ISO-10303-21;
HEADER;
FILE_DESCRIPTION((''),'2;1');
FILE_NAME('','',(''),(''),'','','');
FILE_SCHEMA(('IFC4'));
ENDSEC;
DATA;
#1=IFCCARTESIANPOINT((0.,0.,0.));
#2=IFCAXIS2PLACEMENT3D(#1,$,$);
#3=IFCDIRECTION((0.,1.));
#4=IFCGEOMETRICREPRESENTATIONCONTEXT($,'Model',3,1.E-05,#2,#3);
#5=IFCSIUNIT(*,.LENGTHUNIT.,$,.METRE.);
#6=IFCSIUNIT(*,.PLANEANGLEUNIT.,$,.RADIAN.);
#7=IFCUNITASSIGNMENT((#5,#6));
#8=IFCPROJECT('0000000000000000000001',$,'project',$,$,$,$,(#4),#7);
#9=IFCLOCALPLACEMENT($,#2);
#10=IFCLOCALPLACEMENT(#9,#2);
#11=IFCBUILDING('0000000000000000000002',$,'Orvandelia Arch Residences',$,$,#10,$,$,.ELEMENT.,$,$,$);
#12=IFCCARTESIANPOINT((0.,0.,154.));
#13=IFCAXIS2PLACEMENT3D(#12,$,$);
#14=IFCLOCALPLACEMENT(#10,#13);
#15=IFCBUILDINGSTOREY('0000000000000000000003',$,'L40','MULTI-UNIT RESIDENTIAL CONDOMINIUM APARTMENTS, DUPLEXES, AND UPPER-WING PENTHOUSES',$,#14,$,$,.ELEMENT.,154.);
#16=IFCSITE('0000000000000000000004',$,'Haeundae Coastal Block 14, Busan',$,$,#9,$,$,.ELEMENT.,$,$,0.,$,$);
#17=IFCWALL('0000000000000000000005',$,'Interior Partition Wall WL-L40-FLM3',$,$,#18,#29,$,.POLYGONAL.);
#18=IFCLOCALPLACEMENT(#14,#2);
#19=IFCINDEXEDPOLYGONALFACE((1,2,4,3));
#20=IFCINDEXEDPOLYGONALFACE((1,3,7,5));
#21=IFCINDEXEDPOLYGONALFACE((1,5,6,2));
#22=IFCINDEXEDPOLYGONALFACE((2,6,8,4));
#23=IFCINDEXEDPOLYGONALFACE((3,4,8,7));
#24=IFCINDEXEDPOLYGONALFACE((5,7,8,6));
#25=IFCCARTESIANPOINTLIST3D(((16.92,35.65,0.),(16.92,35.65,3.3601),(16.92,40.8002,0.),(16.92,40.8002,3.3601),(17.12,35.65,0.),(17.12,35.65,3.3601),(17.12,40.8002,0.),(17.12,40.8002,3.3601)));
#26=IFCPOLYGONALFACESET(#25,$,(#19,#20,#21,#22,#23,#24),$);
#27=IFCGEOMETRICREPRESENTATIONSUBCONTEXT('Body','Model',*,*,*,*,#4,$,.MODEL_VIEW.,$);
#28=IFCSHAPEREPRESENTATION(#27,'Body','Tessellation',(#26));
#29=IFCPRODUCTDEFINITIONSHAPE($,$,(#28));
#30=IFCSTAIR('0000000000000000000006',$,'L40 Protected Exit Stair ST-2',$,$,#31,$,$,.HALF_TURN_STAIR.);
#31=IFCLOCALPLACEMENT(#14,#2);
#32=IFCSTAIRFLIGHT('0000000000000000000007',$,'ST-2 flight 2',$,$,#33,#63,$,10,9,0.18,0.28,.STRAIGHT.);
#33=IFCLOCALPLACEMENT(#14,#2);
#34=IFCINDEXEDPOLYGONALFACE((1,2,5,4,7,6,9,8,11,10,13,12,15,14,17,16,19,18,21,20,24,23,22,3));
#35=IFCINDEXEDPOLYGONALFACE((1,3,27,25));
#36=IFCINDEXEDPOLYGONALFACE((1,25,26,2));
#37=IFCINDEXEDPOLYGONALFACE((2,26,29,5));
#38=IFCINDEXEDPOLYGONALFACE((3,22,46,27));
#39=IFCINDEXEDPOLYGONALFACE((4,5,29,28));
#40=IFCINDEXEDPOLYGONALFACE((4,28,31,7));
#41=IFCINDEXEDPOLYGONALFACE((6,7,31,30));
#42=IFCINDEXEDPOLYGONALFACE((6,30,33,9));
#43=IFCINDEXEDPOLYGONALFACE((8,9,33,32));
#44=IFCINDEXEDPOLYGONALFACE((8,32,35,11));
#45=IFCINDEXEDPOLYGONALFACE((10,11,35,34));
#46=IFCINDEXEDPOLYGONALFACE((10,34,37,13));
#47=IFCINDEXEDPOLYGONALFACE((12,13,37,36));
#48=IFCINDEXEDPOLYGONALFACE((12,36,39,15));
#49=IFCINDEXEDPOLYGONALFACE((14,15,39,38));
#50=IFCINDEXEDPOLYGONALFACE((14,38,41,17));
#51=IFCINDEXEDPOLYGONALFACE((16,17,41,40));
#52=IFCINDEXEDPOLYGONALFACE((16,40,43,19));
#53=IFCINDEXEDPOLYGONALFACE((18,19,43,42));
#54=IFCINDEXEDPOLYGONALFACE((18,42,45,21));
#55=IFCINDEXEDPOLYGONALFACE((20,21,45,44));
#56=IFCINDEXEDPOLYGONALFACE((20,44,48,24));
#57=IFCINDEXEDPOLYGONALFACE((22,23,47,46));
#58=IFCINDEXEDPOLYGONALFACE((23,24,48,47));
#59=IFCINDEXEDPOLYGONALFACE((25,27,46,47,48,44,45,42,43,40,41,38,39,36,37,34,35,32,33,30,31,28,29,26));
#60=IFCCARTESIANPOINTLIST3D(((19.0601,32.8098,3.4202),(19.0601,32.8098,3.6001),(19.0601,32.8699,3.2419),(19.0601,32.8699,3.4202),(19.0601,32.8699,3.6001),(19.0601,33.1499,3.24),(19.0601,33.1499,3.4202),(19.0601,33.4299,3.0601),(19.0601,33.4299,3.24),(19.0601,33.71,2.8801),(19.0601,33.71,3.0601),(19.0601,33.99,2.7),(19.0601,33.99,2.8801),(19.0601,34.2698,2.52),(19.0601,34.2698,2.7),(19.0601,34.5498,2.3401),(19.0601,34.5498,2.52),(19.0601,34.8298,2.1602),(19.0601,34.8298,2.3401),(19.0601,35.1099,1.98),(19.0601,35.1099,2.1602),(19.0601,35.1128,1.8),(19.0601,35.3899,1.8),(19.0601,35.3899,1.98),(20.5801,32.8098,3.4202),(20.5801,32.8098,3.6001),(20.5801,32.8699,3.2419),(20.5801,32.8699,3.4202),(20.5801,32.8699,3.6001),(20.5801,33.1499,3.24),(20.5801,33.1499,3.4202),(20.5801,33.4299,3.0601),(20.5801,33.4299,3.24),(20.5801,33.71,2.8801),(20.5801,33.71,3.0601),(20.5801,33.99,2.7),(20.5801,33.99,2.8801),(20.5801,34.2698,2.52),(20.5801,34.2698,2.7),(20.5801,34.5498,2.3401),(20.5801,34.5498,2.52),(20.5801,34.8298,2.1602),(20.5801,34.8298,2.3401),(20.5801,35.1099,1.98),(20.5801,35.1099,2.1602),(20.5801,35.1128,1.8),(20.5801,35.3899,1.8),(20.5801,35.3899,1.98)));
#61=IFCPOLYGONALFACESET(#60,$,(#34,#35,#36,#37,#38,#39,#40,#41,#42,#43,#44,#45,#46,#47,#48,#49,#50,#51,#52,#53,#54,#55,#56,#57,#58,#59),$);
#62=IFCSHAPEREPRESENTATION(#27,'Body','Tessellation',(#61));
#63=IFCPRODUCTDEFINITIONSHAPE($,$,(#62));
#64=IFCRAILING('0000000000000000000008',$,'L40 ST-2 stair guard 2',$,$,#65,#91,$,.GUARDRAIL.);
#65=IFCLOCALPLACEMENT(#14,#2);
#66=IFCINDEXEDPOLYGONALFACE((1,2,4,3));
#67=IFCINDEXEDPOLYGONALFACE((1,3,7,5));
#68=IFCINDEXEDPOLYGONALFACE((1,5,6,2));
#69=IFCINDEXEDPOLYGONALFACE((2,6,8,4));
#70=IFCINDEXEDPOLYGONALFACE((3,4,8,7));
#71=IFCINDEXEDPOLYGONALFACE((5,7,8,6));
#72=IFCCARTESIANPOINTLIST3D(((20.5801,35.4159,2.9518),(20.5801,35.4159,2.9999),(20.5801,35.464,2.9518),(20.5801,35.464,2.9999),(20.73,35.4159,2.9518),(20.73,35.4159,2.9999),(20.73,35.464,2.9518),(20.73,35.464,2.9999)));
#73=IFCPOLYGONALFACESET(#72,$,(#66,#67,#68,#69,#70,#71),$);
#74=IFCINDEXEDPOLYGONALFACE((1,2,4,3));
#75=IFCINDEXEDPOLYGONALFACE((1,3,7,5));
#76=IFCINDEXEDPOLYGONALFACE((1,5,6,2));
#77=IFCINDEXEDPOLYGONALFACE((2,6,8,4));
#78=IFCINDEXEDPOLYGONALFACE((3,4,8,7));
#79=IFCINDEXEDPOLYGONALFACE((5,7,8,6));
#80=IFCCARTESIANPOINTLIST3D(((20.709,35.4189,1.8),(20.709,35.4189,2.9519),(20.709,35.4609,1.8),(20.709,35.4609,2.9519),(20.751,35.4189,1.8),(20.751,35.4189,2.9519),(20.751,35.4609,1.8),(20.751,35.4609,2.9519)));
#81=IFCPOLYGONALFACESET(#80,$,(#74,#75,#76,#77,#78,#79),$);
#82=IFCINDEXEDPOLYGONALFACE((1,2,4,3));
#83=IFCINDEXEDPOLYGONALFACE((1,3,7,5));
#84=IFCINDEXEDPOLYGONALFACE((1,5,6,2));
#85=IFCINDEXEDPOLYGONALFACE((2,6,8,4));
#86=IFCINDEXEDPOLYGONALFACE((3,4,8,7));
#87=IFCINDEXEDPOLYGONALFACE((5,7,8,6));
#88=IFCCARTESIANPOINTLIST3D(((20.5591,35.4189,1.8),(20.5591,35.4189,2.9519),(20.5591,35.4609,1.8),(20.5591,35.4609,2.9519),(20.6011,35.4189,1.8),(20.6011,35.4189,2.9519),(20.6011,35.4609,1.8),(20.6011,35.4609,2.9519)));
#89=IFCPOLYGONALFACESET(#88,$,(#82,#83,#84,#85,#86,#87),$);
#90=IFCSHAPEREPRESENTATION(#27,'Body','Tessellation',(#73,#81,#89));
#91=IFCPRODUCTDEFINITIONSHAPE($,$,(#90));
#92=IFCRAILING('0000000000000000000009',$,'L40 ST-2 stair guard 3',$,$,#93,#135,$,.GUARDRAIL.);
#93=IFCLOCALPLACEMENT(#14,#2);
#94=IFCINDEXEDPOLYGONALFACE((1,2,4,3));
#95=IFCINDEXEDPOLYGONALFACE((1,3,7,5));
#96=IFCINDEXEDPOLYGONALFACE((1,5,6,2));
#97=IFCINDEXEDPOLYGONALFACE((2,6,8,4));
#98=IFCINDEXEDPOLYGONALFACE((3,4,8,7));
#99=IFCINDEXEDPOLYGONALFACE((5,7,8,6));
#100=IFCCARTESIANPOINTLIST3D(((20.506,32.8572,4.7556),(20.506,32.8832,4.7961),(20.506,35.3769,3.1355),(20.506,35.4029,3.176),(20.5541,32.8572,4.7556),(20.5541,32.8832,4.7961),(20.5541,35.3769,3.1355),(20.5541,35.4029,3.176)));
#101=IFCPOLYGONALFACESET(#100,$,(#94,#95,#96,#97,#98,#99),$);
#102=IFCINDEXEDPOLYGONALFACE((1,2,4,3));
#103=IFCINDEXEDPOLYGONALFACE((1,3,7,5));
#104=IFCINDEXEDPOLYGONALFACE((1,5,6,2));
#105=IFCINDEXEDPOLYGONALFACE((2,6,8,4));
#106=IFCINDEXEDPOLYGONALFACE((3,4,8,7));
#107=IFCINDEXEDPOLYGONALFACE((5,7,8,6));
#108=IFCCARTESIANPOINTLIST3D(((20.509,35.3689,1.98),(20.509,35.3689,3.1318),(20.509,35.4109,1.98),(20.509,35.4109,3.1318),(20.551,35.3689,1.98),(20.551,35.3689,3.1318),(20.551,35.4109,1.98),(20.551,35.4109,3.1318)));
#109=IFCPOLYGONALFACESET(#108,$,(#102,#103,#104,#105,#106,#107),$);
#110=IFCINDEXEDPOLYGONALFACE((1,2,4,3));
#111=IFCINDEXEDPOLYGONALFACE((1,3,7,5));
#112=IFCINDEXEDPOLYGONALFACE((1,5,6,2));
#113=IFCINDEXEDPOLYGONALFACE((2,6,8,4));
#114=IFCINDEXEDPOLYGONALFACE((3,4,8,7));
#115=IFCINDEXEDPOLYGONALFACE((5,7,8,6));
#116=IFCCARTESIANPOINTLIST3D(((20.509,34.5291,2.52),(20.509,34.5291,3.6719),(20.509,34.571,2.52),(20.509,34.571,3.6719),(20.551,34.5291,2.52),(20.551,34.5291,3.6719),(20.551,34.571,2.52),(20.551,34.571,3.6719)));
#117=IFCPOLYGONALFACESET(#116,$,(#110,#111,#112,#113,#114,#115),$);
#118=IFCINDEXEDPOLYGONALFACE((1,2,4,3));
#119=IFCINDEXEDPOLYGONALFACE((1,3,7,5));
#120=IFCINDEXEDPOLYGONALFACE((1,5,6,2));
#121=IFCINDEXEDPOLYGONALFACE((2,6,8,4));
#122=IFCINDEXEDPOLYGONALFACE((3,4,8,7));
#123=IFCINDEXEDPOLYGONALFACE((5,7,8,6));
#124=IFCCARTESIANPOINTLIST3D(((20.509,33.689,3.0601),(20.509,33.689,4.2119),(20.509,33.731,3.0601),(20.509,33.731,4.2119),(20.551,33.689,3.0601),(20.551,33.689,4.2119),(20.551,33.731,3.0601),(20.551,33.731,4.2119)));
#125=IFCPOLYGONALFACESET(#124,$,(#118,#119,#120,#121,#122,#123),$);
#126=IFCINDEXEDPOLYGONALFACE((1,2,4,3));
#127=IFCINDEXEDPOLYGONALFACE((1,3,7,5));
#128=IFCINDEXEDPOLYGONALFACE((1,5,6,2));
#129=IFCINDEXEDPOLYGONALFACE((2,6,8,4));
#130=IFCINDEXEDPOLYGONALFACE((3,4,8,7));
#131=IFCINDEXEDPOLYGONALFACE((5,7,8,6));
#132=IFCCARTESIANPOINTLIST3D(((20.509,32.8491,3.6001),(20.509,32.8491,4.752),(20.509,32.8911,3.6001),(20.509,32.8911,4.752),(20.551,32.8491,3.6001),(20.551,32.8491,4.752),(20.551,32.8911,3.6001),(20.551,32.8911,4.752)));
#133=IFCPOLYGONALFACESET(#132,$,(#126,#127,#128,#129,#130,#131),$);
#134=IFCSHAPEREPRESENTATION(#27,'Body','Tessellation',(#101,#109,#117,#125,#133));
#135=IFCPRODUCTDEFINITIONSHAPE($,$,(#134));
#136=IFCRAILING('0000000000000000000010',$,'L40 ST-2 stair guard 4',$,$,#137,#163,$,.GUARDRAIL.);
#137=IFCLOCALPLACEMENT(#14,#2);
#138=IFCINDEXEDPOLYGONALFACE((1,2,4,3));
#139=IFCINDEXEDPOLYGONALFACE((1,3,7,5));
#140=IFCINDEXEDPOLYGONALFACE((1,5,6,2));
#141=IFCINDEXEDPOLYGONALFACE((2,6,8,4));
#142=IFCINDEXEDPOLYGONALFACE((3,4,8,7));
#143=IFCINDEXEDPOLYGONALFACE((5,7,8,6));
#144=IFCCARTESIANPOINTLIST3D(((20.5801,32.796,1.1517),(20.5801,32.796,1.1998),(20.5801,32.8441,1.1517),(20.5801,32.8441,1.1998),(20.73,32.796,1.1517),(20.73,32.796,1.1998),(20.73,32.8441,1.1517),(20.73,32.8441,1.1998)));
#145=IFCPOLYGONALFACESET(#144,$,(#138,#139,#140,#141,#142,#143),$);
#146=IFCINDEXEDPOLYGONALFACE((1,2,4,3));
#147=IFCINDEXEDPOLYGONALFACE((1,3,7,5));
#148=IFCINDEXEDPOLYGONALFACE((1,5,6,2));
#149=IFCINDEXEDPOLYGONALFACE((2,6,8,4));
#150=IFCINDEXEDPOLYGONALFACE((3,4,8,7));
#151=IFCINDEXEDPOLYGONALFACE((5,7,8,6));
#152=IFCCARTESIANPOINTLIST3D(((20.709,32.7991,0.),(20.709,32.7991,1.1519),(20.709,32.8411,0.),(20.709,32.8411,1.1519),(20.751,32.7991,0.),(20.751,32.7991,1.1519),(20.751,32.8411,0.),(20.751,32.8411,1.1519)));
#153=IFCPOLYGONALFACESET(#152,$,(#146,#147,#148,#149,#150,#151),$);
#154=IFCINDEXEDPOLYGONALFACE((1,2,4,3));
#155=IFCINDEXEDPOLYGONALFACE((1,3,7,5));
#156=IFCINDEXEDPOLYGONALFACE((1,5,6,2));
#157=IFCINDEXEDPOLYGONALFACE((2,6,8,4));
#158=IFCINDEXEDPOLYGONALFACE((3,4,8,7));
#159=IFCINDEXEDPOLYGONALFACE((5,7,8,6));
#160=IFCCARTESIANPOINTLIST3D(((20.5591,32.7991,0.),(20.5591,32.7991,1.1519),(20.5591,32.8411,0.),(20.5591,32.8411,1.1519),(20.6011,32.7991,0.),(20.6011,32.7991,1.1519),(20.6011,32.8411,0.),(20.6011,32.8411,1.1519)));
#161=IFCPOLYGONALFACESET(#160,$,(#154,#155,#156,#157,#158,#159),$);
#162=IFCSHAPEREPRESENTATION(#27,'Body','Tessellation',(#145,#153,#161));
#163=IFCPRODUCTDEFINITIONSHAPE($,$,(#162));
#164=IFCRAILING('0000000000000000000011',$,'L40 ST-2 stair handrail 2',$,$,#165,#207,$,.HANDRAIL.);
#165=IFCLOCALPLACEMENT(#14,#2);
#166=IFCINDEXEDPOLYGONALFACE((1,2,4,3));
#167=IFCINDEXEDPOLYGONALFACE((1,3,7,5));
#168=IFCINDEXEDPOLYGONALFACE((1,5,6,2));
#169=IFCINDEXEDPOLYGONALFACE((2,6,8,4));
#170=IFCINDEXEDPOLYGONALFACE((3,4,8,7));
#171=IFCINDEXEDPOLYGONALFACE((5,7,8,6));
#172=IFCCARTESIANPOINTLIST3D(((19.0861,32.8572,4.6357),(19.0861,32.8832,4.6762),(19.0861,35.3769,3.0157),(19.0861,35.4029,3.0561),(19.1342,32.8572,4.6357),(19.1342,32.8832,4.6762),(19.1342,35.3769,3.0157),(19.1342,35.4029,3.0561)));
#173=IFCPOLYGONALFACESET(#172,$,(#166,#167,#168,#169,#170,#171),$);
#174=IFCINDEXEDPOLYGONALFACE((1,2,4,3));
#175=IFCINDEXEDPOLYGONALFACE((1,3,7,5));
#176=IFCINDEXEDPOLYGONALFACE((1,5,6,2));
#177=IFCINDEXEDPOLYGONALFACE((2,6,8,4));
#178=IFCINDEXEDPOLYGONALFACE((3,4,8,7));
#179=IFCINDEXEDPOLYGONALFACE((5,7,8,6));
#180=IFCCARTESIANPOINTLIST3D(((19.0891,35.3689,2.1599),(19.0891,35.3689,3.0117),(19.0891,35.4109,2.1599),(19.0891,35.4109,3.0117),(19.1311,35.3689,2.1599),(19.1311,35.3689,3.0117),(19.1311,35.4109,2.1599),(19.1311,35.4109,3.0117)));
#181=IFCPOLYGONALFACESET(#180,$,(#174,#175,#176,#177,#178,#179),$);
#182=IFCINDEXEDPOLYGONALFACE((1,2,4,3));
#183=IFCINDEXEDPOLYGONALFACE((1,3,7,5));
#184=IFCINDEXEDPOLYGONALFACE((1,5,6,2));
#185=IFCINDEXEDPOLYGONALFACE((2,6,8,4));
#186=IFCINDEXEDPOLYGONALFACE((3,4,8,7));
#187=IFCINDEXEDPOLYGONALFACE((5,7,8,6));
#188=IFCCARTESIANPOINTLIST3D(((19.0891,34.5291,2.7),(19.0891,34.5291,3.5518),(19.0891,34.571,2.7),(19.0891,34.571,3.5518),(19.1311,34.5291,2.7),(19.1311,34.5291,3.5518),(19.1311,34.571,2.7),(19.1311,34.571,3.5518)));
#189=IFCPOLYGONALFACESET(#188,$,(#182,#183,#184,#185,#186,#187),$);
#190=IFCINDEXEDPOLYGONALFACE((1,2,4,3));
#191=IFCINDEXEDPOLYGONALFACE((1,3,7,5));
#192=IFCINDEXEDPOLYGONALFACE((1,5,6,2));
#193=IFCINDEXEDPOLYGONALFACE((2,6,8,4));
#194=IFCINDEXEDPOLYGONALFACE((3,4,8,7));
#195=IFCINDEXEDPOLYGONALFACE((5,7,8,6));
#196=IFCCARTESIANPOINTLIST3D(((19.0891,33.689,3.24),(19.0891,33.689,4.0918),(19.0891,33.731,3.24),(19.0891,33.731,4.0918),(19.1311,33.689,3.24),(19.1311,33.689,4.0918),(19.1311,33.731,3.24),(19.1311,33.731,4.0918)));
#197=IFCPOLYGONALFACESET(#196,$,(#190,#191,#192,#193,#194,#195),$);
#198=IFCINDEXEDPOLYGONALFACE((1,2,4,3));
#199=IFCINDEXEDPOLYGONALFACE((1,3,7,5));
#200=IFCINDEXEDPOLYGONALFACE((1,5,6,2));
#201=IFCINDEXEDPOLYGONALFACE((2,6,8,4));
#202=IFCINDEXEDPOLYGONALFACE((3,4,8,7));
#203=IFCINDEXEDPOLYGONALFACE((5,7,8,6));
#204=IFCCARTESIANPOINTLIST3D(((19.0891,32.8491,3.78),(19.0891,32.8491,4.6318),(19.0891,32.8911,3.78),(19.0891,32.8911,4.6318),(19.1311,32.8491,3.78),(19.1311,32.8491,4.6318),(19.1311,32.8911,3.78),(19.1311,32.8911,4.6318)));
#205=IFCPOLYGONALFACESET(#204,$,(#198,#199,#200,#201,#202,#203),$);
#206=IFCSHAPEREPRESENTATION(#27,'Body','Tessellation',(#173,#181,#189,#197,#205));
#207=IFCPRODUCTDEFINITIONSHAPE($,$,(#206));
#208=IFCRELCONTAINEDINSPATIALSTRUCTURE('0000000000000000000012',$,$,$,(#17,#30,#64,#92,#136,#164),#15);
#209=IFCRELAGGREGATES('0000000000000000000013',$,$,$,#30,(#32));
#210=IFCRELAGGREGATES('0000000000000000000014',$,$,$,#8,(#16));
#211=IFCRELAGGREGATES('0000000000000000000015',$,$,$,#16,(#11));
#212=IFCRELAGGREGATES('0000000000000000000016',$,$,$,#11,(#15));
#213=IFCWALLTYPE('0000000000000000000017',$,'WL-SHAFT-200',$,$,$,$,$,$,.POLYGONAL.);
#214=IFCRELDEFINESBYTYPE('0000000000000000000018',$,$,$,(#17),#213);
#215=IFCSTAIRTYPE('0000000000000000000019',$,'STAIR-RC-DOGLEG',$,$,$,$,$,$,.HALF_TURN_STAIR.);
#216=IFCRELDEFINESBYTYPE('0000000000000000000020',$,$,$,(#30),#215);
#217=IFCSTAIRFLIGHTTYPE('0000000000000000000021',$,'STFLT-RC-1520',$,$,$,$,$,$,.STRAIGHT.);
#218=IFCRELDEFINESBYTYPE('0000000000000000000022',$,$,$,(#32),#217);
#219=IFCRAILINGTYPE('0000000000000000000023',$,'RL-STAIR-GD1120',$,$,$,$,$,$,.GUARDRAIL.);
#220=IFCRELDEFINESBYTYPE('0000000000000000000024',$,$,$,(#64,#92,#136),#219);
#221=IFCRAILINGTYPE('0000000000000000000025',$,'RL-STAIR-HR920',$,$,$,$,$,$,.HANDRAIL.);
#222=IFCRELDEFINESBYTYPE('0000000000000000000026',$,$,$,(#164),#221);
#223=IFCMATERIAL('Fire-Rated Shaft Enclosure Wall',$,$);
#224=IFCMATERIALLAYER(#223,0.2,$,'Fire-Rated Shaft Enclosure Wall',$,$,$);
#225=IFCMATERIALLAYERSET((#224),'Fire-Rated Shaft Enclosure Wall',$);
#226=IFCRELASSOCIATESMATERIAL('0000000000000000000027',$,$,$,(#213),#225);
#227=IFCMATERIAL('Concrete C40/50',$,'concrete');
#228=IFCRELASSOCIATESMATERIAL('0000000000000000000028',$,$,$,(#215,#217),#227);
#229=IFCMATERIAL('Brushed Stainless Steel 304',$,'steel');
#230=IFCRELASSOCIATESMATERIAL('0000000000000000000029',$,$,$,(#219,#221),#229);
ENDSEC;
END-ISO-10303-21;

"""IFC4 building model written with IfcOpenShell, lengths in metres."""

from ifc_helpers import new_model, si_unit, direction, frame, frame_2d, origin, origin_2d, place, context, subcontext, project, spatial, polyline, rectangle, outline, extrude, material, layer, layer_set, type_object, element, aggregate, save


model = new_model("IFC4")

# Units and contexts
model_context = context("Model", 3, precision=1e-05, world=origin(), true_north=direction((0.0, 1.0)))
body_context = subcontext(model_context, "Body", "Model", "MODEL_VIEW")
ifc_project = project(units=[si_unit("LENGTHUNIT", "METRE"), si_unit("PLANEANGLEUNIT", "RADIAN")], contexts=[model_context])

# Site, building, storey
site_placement = place(None, origin())
site = spatial("IfcSite", under=ifc_project, at=site_placement, Name="Haeundae Coastal Block 14, Busan", CompositionType="ELEMENT", RefElevation=0.0)
building_placement = place(site_placement, origin())
building = spatial("IfcBuilding", under=site, at=building_placement, Name="Orvandelia Arch Residences", CompositionType="ELEMENT")
storey_placement = place(building_placement, frame((0.0, 0.0, 154.0)))
storey = spatial("IfcBuildingStorey", under=building, at=storey_placement, Name="L40", Description="MULTI-UNIT RESIDENTIAL CONDOMINIUM APARTMENTS, DUPLEXES, AND UPPER-WING PENTHOUSES", CompositionType="ELEMENT", Elevation=154.0)

# Wall
ifc_material_1 = material(Name="Fire-Rated Shaft Enclosure Wall")
ifc_layer_1 = layer(ifc_material_1, 0.2, Name="Fire-Rated Shaft Enclosure Wall")
ifc_layer_set_1 = layer_set([ifc_layer_1], Name="Fire-Rated Shaft Enclosure Wall")
wall_type_1 = type_object("IfcWallType", Name="WL-SHAFT-200", PredefinedType="POLYGONAL", material=ifc_layer_set_1)
wall_1_placement = place(storey_placement, frame((17.02, 35.6499, 0.0), z_axis=(0.0, 0.0, 1.0), x_axis=(0.0, 1.0, 0.0)))
element("IfcWall", 1, at=wall_1_placement, inside=storey, type_object=wall_type_1, Name="Interior Partition Wall WL-L40-FLM3", PredefinedType="POLYGONAL", context=body_context, shape_type="SweptSolid", body=[
    extrude(rectangle(XDim=5.1501, YDim=0.2, at=frame_2d((2.5752, 0.0))), origin(), (0.0, 0.0, 1.0), 3.3601),
])

# Stair, stair flight
ifc_material_2 = material(Name="Concrete C40/50", Category="concrete")
stair_type = type_object("IfcStairType", Name="STAIR-RC-DOGLEG", PredefinedType="HALF_TURN_STAIR", material=ifc_material_2)
stair_placement = place(storey_placement, origin())
stair = element("IfcStair", 2, at=stair_placement, inside=storey, type_object=stair_type, Name="L40 Protected Exit Stair ST-2", PredefinedType="HALF_TURN_STAIR")
stair_flight_type = type_object("IfcStairFlightType", Name="STFLT-RC-1520", PredefinedType="STRAIGHT", material=ifc_material_2)
stair_flight_placement = place(storey_placement, frame((19.8201, 35.3899, 1.8), z_axis=(0.0, 0.0, 1.0), x_axis=(0.0, -1.0, 0.0)))
stair_flight = element("IfcStairFlight", 3, at=stair_flight_placement, type_object=stair_flight_type, Name="ST-2 flight 2", NumberOfRisers=10, NumberOfTreads=9, PredefinedType="STRAIGHT", RiserHeight=0.18, TreadLength=0.28, context=body_context, shape_type="SweptSolid", body=[
    extrude(outline(polyline([(0.0, 0.0), (0.0, 0.1799), (0.28, 0.1799), (0.28, 0.3601), (0.5601, 0.3601), (0.5601, 0.54), (0.8401, 0.54), (0.8401, 0.72), (1.1201, 0.72), (1.1201, 0.8999), (1.3999, 0.8999), (1.3999, 1.0801), (1.6799, 1.0801), (1.6799, 1.26), (1.96, 1.26), (1.96, 1.4399), (2.24, 1.4399), (2.24, 1.6201), (2.52, 1.6201), (2.52, 1.8), (2.5801, 1.8), (2.5801, 1.6201), (2.52, 1.4419), (0.2771, 0.0), (0.0, 0.0)])), frame((0.0, 0.76, 0.0), z_axis=(0.0, -1.0, 0.0), x_axis=(1.0, 0.0, 0.0)), (0.0, 0.0, 1.0), 1.52),
])
aggregate(stair, [stair_flight])

# Railings
ifc_material_3 = material(Name="Brushed Stainless Steel 304", Category="steel")
railing_type_1 = type_object("IfcRailingType", Name="RL-STAIR-GD1120", PredefinedType="GUARDRAIL", material=ifc_material_3)
railing_1_placement = place(storey_placement, frame((20.73, 35.4399, 1.8)))
element("IfcRailing", 4, at=railing_1_placement, inside=storey, type_object=railing_type_1, Name="L40 ST-2 stair guard 2", PredefinedType="GUARDRAIL", context=body_context, shape_type="SweptSolid", body=[
    extrude(rectangle(XDim=0.0481, YDim=0.0481, at=origin_2d()), frame((0.0, 0.0, 1.1758), z_axis=(-1.0, 0.0, 0.0), x_axis=(0.0, -1.0, 0.0)), (0.0, 0.0, 1.0), 0.1499),
    extrude(rectangle(XDim=0.042, YDim=0.042, at=origin_2d()), origin(), (0.0, 0.0, 1.0), 1.1519),
    extrude(rectangle(XDim=0.042, YDim=0.042, at=origin_2d()), frame((-0.1499, 0.0, 0.0)), (0.0, 0.0, 1.0), 1.1519),
])
railing_2_placement = place(storey_placement, frame((20.53, 35.3899, 1.98)))
element("IfcRailing", 5, at=railing_2_placement, inside=storey, type_object=railing_type_1, Name="L40 ST-2 stair guard 3", PredefinedType="GUARDRAIL", context=body_context, shape_type="SweptSolid", body=[
    extrude(rectangle(XDim=0.0481, YDim=0.0481, at=origin_2d()), frame((0.0, 0.0, 1.1758), z_axis=(0.0, -0.841139, 0.540819), x_axis=(1.0, 0.0, 0.0)), (0.0, 0.0, 1.0), 2.9956),
    extrude(rectangle(XDim=0.042, YDim=0.042, at=origin_2d()), origin(), (0.0, 0.0, 1.0), 1.1519),
    extrude(rectangle(XDim=0.042, YDim=0.042, at=origin_2d()), frame((0.0, -0.8398, 0.54)), (0.0, 0.0, 1.0), 1.1519),
    extrude(rectangle(XDim=0.042, YDim=0.042, at=origin_2d()), frame((0.0, -1.6799, 1.0801)), (0.0, 0.0, 1.0), 1.1519),
    extrude(rectangle(XDim=0.042, YDim=0.042, at=origin_2d()), frame((0.0, -2.5198, 1.6201)), (0.0, 0.0, 1.0), 1.1519),
])
railing_3_placement = place(storey_placement, frame((20.73, 32.8201, 0.0)))
element("IfcRailing", 6, at=railing_3_placement, inside=storey, type_object=railing_type_1, Name="L40 ST-2 stair guard 4", PredefinedType="GUARDRAIL", context=body_context, shape_type="SweptSolid", body=[
    extrude(rectangle(XDim=0.0481, YDim=0.0481, at=origin_2d()), frame((0.0, 0.0, 1.1758), z_axis=(-1.0, 0.0, 0.0), x_axis=(0.0, -1.0, 0.0)), (0.0, 0.0, 1.0), 0.1499),
    extrude(rectangle(XDim=0.042, YDim=0.042, at=origin_2d()), origin(), (0.0, 0.0, 1.0), 1.1519),
    extrude(rectangle(XDim=0.042, YDim=0.042, at=origin_2d()), frame((-0.1499, 0.0, 0.0)), (0.0, 0.0, 1.0), 1.1519),
])
railing_type_2 = type_object("IfcRailingType", Name="RL-STAIR-HR920", PredefinedType="HANDRAIL", material=ifc_material_3)
railing_4_placement = place(storey_placement, frame((19.1101, 35.3899, 2.1599)))
element("IfcRailing", 7, at=railing_4_placement, inside=storey, type_object=railing_type_2, Name="L40 ST-2 stair handrail 2", PredefinedType="HANDRAIL", context=body_context, shape_type="SweptSolid", body=[
    extrude(rectangle(XDim=0.0481, YDim=0.0481, at=origin_2d()), frame((0.0, 0.0, 0.876), z_axis=(0.0, -0.841139, 0.540819), x_axis=(1.0, 0.0, 0.0)), (0.0, 0.0, 1.0), 2.9956),
    extrude(rectangle(XDim=0.042, YDim=0.042, at=origin_2d()), origin(), (0.0, 0.0, 1.0), 0.8518),
    extrude(rectangle(XDim=0.042, YDim=0.042, at=origin_2d()), frame((0.0, -0.8398, 0.54)), (0.0, 0.0, 1.0), 0.8518),
    extrude(rectangle(XDim=0.042, YDim=0.042, at=origin_2d()), frame((0.0, -1.6799, 1.0801)), (0.0, 0.0, 1.0), 0.8518),
    extrude(rectangle(XDim=0.042, YDim=0.042, at=origin_2d()), frame((0.0, -2.5198, 1.6201)), (0.0, 0.0, 1.0), 0.8518),
])

save(model, "model.ifc")
